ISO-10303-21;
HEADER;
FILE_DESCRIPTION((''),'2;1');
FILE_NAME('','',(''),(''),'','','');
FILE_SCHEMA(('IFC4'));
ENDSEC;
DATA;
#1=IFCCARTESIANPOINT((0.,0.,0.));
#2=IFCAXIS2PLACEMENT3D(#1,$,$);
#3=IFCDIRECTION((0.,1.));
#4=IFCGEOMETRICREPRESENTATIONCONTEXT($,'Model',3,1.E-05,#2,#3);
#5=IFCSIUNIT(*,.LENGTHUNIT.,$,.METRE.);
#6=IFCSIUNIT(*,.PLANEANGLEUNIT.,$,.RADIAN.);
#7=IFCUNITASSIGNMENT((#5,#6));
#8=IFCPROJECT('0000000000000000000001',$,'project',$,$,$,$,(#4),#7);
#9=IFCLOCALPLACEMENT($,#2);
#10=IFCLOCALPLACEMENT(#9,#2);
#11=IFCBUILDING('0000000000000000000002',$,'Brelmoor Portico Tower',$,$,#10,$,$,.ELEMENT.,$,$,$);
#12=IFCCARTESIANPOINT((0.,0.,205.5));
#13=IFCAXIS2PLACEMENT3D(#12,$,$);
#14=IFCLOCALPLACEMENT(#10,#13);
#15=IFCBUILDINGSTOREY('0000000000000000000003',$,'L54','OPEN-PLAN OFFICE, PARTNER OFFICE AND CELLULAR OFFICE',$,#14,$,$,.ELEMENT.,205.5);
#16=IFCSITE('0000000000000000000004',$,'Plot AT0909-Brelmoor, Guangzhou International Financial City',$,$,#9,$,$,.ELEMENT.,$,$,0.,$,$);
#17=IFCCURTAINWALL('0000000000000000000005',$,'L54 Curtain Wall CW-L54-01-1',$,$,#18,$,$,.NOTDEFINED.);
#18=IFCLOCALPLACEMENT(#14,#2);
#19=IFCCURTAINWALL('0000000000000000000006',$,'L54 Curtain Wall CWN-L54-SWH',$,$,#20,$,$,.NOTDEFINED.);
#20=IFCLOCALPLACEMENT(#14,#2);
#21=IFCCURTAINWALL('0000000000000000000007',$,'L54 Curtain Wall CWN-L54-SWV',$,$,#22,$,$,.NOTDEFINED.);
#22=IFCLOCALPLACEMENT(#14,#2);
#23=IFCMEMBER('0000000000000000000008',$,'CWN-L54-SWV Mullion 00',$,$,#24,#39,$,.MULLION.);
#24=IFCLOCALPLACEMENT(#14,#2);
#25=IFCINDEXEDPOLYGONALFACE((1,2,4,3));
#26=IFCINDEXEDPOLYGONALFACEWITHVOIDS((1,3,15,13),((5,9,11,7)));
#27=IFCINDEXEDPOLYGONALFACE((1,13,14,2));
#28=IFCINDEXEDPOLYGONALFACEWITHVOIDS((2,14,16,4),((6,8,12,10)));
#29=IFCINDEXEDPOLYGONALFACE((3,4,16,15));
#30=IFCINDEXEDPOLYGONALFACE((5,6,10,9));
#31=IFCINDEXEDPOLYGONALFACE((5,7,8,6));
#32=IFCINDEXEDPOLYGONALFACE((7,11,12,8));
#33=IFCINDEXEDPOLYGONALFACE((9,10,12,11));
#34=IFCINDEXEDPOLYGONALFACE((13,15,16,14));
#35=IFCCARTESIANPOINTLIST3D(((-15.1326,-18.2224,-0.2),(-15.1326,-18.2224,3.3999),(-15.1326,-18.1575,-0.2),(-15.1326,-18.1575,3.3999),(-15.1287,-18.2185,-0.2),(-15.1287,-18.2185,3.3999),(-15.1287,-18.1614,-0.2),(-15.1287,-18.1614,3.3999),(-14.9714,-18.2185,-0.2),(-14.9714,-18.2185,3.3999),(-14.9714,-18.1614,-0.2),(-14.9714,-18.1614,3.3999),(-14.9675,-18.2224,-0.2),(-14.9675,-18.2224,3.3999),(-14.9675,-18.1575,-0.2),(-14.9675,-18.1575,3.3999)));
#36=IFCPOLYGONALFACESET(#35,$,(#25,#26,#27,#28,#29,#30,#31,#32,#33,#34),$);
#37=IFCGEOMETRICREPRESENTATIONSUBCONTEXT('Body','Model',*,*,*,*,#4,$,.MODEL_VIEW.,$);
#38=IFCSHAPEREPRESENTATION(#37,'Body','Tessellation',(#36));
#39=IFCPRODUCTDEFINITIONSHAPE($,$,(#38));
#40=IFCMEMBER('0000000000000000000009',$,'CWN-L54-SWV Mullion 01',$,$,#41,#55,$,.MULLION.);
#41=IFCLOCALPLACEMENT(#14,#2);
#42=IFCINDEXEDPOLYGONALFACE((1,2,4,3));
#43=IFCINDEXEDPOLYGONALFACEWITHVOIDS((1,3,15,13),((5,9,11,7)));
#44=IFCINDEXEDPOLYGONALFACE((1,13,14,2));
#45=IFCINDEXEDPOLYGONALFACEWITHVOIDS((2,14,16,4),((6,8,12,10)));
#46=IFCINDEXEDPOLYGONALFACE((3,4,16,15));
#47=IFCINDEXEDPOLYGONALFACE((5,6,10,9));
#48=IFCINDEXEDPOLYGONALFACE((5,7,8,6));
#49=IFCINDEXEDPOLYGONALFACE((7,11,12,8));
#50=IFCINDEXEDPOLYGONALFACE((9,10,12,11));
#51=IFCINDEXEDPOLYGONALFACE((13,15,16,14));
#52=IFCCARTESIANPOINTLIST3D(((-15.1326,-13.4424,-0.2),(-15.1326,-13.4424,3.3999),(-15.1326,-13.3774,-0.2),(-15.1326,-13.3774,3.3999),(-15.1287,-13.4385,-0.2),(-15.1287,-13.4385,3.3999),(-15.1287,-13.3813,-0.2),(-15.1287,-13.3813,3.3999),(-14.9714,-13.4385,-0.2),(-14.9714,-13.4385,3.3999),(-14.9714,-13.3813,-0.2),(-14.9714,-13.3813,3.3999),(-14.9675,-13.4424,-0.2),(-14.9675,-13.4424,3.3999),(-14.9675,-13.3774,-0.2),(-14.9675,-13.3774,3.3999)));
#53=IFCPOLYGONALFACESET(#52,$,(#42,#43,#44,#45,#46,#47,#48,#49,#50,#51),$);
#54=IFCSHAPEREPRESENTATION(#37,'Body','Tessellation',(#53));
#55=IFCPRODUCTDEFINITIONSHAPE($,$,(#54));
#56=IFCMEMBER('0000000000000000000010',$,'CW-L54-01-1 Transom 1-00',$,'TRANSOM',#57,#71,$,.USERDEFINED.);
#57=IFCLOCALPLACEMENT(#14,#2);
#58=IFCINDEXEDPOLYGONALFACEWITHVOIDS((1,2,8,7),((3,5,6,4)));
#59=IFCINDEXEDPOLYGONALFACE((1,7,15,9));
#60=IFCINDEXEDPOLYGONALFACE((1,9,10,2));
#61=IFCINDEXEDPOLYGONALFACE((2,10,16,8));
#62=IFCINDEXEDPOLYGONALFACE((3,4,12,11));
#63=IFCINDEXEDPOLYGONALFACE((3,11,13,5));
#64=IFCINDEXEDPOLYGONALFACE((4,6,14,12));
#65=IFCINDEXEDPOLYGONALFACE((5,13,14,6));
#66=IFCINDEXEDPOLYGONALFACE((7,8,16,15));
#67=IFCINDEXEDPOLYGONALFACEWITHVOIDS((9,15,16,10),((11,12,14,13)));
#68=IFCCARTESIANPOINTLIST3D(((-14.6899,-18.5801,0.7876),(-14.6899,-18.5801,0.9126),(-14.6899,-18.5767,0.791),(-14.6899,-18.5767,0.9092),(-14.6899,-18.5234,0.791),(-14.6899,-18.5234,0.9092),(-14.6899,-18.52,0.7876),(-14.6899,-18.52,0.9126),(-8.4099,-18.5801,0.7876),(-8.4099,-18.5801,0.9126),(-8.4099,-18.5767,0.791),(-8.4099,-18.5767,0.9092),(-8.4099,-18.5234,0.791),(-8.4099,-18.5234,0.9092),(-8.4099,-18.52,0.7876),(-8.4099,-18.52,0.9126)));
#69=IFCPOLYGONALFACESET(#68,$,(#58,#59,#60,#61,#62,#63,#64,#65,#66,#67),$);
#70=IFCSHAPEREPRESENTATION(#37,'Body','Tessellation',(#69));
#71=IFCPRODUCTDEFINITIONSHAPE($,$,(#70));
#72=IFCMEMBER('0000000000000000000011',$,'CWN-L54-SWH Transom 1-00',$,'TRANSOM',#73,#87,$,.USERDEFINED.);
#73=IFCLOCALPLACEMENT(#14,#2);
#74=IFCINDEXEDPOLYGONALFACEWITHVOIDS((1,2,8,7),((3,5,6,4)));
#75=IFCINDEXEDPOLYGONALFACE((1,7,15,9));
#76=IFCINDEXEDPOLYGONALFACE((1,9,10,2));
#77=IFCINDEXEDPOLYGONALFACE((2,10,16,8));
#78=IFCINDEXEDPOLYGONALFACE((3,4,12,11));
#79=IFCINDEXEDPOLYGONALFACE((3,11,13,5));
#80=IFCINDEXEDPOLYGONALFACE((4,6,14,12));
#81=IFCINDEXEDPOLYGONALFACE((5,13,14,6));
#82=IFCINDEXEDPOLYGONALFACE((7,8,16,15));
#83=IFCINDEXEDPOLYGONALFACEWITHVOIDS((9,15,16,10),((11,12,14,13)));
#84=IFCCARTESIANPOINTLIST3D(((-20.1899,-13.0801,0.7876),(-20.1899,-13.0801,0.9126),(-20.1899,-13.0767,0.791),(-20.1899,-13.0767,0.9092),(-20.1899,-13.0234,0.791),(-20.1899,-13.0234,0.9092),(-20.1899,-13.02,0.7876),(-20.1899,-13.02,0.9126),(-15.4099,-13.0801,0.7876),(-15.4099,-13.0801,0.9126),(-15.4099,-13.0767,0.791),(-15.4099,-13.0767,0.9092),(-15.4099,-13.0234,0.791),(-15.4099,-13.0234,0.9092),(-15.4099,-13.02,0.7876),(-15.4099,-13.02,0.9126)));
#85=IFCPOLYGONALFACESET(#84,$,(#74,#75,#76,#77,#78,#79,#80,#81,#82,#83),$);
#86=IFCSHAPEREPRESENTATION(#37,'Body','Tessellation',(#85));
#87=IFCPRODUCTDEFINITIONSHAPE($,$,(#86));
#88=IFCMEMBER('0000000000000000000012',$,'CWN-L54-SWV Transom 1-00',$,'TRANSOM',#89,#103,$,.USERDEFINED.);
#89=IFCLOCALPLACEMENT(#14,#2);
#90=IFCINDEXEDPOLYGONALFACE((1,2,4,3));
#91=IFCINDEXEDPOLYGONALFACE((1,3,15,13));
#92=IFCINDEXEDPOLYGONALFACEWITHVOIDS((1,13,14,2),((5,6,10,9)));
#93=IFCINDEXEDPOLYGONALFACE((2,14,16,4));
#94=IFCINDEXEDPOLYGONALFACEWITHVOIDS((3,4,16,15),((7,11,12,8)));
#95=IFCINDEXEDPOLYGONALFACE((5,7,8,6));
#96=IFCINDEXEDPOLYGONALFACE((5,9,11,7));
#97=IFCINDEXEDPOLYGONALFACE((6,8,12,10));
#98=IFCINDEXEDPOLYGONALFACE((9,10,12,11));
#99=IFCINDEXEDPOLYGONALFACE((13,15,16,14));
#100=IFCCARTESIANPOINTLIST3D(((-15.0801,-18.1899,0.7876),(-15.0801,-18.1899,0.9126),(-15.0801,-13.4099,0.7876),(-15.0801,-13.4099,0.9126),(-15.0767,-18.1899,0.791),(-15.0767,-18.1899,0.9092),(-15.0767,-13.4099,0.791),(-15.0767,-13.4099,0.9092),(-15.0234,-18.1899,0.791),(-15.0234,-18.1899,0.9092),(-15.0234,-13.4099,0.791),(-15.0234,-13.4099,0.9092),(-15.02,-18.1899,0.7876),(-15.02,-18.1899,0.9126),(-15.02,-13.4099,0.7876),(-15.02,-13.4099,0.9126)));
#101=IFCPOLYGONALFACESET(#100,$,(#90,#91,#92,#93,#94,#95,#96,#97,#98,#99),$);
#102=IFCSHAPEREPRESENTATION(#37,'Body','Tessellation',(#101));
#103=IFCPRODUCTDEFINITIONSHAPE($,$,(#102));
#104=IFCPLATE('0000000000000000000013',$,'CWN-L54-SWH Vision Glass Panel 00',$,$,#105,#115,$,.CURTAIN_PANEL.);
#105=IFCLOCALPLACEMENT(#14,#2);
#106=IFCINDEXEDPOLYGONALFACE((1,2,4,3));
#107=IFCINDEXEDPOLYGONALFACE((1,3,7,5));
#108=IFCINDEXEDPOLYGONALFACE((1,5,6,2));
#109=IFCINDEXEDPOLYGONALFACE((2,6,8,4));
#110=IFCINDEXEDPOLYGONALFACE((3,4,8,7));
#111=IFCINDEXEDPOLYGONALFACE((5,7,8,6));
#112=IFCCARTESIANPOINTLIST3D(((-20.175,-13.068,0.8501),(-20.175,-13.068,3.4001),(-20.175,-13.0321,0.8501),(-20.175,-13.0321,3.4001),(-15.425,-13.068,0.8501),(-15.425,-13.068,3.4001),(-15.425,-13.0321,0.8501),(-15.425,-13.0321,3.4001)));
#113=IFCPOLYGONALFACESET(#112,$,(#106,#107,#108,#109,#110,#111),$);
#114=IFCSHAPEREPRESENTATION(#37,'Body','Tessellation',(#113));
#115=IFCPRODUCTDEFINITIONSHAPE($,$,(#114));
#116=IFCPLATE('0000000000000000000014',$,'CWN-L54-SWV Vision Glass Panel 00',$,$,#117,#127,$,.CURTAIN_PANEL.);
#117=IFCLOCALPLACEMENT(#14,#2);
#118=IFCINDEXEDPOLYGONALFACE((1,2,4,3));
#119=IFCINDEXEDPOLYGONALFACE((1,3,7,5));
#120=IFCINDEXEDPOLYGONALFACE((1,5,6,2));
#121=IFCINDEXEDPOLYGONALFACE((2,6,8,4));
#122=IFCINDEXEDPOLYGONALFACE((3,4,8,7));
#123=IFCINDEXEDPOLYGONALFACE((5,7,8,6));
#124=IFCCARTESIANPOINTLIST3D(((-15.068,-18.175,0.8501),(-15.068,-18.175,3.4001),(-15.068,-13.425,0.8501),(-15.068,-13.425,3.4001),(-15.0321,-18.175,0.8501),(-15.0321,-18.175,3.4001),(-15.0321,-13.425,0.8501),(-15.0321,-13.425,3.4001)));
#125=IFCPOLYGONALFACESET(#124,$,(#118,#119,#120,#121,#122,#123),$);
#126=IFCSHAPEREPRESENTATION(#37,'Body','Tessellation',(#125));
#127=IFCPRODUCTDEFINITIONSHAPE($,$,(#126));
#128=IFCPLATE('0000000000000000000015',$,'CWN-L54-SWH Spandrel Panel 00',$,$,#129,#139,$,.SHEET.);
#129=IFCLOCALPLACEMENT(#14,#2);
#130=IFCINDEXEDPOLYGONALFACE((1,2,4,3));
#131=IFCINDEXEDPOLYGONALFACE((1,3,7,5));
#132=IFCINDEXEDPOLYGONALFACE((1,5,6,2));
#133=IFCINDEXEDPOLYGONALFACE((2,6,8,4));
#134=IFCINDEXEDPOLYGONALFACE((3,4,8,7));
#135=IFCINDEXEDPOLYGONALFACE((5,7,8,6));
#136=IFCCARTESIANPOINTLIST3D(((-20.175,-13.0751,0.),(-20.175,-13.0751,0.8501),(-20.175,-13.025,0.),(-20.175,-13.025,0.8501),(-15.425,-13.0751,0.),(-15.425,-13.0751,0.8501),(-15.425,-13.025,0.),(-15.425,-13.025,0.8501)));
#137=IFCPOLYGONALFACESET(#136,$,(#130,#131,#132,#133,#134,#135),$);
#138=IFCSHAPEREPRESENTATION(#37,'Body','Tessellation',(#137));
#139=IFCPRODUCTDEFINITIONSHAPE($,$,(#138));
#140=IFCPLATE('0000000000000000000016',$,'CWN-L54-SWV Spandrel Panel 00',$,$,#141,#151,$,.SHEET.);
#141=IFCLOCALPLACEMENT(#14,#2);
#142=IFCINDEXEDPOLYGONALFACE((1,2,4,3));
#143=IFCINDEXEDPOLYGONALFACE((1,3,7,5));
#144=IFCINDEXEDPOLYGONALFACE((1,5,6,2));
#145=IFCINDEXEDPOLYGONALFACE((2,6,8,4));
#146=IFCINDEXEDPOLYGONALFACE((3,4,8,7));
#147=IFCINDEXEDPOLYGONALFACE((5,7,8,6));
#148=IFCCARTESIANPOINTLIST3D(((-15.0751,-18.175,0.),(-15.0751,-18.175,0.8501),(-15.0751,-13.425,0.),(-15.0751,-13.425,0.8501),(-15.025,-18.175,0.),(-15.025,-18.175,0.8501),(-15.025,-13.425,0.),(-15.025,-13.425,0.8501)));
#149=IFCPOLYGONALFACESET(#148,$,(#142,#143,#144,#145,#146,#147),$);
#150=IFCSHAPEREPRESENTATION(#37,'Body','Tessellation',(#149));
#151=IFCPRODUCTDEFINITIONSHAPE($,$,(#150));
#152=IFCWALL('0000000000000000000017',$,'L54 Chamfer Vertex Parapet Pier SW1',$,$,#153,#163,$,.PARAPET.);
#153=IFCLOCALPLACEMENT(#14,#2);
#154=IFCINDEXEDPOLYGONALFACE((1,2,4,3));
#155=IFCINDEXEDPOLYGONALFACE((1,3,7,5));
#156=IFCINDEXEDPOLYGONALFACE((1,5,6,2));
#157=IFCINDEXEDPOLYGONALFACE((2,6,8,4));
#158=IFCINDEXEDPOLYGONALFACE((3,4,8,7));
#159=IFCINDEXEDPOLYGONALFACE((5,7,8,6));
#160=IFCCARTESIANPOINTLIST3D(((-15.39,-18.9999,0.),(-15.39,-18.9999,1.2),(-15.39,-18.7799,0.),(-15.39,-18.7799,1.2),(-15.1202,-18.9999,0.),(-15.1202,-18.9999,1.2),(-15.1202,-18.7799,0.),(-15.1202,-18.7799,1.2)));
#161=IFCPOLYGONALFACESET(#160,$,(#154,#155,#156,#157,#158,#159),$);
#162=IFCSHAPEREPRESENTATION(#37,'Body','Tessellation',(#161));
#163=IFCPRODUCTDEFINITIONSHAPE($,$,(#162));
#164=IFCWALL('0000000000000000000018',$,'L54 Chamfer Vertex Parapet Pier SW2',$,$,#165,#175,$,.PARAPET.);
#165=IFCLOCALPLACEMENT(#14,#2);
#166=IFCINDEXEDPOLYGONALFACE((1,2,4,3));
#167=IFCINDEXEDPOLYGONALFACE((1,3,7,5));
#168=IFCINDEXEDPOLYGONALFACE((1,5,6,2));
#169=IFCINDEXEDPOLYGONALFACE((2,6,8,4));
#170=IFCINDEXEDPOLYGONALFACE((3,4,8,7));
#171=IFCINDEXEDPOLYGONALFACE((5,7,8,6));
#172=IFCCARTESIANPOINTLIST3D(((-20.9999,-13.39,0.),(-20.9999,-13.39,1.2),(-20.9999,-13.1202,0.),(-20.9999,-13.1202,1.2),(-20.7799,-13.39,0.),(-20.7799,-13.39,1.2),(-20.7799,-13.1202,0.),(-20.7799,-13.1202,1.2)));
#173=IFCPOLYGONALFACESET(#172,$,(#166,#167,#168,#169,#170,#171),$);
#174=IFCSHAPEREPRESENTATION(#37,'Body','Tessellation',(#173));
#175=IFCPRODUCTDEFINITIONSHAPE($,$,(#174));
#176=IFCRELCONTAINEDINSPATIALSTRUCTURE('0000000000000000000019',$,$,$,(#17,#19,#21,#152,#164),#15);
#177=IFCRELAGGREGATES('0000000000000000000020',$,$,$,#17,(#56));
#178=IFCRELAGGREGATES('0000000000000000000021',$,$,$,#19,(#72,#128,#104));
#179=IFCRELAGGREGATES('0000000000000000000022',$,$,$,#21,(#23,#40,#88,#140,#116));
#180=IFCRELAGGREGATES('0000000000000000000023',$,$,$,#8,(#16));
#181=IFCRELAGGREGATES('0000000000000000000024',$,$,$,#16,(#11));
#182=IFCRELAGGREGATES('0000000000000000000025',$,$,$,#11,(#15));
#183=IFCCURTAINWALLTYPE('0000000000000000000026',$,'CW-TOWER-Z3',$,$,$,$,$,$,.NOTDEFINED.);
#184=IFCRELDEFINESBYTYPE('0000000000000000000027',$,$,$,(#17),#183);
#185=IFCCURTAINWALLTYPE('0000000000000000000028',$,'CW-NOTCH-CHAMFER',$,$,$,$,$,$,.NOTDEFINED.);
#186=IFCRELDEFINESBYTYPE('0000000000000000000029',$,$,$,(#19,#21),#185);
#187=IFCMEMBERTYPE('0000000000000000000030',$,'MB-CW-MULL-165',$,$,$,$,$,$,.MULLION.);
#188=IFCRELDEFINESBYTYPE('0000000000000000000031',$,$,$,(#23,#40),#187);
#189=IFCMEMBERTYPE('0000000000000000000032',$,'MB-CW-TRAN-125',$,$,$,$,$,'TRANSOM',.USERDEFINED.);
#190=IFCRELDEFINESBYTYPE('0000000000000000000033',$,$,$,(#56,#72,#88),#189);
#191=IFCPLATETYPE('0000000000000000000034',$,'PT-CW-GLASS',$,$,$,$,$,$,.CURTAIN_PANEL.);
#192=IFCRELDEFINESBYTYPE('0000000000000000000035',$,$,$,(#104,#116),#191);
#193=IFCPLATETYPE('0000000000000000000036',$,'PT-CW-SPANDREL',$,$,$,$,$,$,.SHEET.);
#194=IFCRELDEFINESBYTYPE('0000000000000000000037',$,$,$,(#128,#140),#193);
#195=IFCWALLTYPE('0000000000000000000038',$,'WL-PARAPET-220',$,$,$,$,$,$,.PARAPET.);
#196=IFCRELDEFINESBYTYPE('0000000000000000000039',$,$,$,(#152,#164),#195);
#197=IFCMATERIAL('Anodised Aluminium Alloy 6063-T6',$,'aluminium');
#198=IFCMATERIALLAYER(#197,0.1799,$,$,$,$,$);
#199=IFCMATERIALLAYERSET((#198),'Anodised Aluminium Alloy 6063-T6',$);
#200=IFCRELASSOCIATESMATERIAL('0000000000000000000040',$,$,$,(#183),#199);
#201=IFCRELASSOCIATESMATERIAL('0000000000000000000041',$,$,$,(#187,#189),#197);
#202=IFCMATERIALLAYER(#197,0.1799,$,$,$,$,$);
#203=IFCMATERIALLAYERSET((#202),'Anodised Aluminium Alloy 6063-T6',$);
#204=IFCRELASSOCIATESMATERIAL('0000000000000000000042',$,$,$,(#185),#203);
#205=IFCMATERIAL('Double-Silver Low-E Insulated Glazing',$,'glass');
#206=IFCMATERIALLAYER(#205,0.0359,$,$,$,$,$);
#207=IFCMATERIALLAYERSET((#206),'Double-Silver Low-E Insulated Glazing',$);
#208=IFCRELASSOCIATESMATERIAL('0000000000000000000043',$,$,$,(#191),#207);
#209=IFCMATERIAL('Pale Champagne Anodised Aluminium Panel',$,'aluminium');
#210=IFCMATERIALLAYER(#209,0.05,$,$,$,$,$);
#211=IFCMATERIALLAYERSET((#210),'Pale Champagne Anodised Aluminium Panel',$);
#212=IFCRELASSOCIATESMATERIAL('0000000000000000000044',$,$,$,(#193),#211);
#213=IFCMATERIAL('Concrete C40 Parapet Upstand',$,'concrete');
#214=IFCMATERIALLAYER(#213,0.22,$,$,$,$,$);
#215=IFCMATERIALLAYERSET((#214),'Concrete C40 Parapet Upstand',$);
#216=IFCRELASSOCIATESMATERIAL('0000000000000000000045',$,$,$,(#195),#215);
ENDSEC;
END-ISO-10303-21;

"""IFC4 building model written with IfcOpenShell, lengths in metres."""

from ifc_helpers import new_model, si_unit, direction, frame, frame_2d, origin, origin_2d, place, context, subcontext, project, spatial, rectangle, hollow_rectangle, extrude, material, layer, layer_set, material_profile, profile_set, type_object, element, aggregate, save


model = new_model("IFC4")

# Units and contexts
model_context = context("Model", 3, precision=1e-05, world=origin(), true_north=direction((0.0, 1.0)))
body_context = subcontext(model_context, "Body", "Model", "MODEL_VIEW")
ifc_project = project(units=[si_unit("LENGTHUNIT", "METRE"), si_unit("PLANEANGLEUNIT", "RADIAN")], contexts=[model_context])

# Site, building, storey
site_placement = place(None, origin())
site = spatial("IfcSite", under=ifc_project, at=site_placement, Name="Plot AT0909-Brelmoor, Guangzhou International Financial City", CompositionType="ELEMENT", RefElevation=0.0)
building_placement = place(site_placement, origin())
building = spatial("IfcBuilding", under=site, at=building_placement, Name="Brelmoor Portico Tower", CompositionType="ELEMENT")
storey_placement = place(building_placement, frame((0.0, 0.0, 205.5)))
storey = spatial("IfcBuildingStorey", under=building, at=storey_placement, Name="L54", Description="OPEN-PLAN OFFICE, PARTNER OFFICE AND CELLULAR OFFICE", CompositionType="ELEMENT", Elevation=205.5)

# Curtain wall
ifc_material_1 = material(Name="Anodised Aluminium Alloy 6063-T6", Category="aluminium")
ifc_layer_1 = layer(ifc_material_1, 0.1799)
ifc_layer_set_1 = layer_set([ifc_layer_1], Name="Anodised Aluminium Alloy 6063-T6")
curtain_wall_type_1 = type_object("IfcCurtainWallType", Name="CW-TOWER-Z3", PredefinedType="NOTDEFINED", material=ifc_layer_set_1)
curtain_wall_1_placement = place(storey_placement, origin())
curtain_wall_1 = element("IfcCurtainWall", 1, at=curtain_wall_1_placement, inside=storey, type_object=curtain_wall_type_1, Name="L54 Curtain Wall CW-L54-01-1", PredefinedType="NOTDEFINED")
ifc_material_profile_1 = material_profile(ifc_material_1, hollow_rectangle(XDim=0.0649, YDim=0.165, WallThickness=0.0039, at=origin_2d()), Name="ALU MULLION 65x165")
ifc_profile_set_1 = profile_set([ifc_material_profile_1], Name="Anodised Aluminium Alloy 6063-T6")
member_type_1 = type_object("IfcMemberType", Name="MB-CW-MULL-165", PredefinedType="MULLION", material=ifc_profile_set_1)

# Curtain walls, members
ifc_layer_2 = layer(ifc_material_1, 0.1799)
ifc_layer_set_2 = layer_set([ifc_layer_2], Name="Anodised Aluminium Alloy 6063-T6")
curtain_wall_type_2 = type_object("IfcCurtainWallType", Name="CW-NOTCH-CHAMFER", PredefinedType="NOTDEFINED", material=ifc_layer_set_2)
curtain_wall_2_placement = place(storey_placement, origin())
curtain_wall_2 = element("IfcCurtainWall", 2, at=curtain_wall_2_placement, inside=storey, type_object=curtain_wall_type_2, Name="L54 Curtain Wall CWN-L54-SWH", PredefinedType="NOTDEFINED")
curtain_wall_3_placement = place(storey_placement, origin())
curtain_wall_3 = element("IfcCurtainWall", 3, at=curtain_wall_3_placement, inside=storey, type_object=curtain_wall_type_2, Name="L54 Curtain Wall CWN-L54-SWV", PredefinedType="NOTDEFINED")
member_1_placement = place(storey_placement, frame((-15.05, -18.1899, -0.2), z_axis=(0.0, 0.0, 1.0), x_axis=(0.0, 1.0, 0.0)))
member_1 = element("IfcMember", 4, at=member_1_placement, type_object=member_type_1, Name="CWN-L54-SWV Mullion 00", PredefinedType="MULLION", context=body_context, shape_type="SweptSolid", body=[
    extrude(hollow_rectangle(XDim=0.0649, YDim=0.165, WallThickness=0.0039, at=origin_2d()), origin(), (0.0, 0.0, 1.0), 3.5999),
])
member_2_placement = place(storey_placement, frame((-15.05, -13.4099, -0.2), z_axis=(0.0, 0.0, 1.0), x_axis=(0.0, 1.0, 0.0)))
member_2 = element("IfcMember", 5, at=member_2_placement, type_object=member_type_1, Name="CWN-L54-SWV Mullion 01", PredefinedType="MULLION", context=body_context, shape_type="SweptSolid", body=[
    extrude(hollow_rectangle(XDim=0.0649, YDim=0.165, WallThickness=0.0039, at=origin_2d()), origin(), (0.0, 0.0, 1.0), 3.5999),
])

# Members
ifc_material_profile_2 = material_profile(ifc_material_1, hollow_rectangle(XDim=0.0601, YDim=0.125, WallThickness=0.0034, at=origin_2d()), Name="ALU TRANSOM 60x125")
ifc_profile_set_2 = profile_set([ifc_material_profile_2], Name="Anodised Aluminium Alloy 6063-T6")
member_type_2 = type_object("IfcMemberType", Name="MB-CW-TRAN-125", ElementType="TRANSOM", PredefinedType="USERDEFINED", material=ifc_profile_set_2)
member_3_placement = place(storey_placement, frame((-14.6899, -18.55, 0.8501), z_axis=(1.0, 0.0, 0.0), x_axis=(0.0, 1.0, 0.0)))
member_3 = element("IfcMember", 6, at=member_3_placement, type_object=member_type_2, Name="CW-L54-01-1 Transom 1-00", ObjectType="TRANSOM", PredefinedType="USERDEFINED", context=body_context, shape_type="SweptSolid", body=[
    extrude(hollow_rectangle(XDim=0.0601, YDim=0.125, WallThickness=0.0034, at=origin_2d()), origin(), (0.0, 0.0, 1.0), 6.28),
])
aggregate(curtain_wall_1, [member_3])
member_4_placement = place(storey_placement, frame((-20.1899, -13.05, 0.8501), z_axis=(1.0, 0.0, 0.0), x_axis=(0.0, 1.0, 0.0)))
member_4 = element("IfcMember", 7, at=member_4_placement, type_object=member_type_2, Name="CWN-L54-SWH Transom 1-00", ObjectType="TRANSOM", PredefinedType="USERDEFINED", context=body_context, shape_type="SweptSolid", body=[
    extrude(hollow_rectangle(XDim=0.0601, YDim=0.125, WallThickness=0.0034, at=origin_2d()), origin(), (0.0, 0.0, 1.0), 4.78),
])
member_5_placement = place(storey_placement, frame((-15.05, -18.1899, 0.8501), z_axis=(0.0, 1.0, 0.0), x_axis=(-1.0, 0.0, 0.0)))
member_5 = element("IfcMember", 8, at=member_5_placement, type_object=member_type_2, Name="CWN-L54-SWV Transom 1-00", ObjectType="TRANSOM", PredefinedType="USERDEFINED", context=body_context, shape_type="SweptSolid", body=[
    extrude(hollow_rectangle(XDim=0.0601, YDim=0.125, WallThickness=0.0034, at=origin_2d()), origin(), (0.0, 0.0, 1.0), 4.78),
])

# Plates
ifc_material_2 = material(Name="Double-Silver Low-E Insulated Glazing", Category="glass")
ifc_layer_3 = layer(ifc_material_2, 0.0359)
ifc_layer_set_3 = layer_set([ifc_layer_3], Name="Double-Silver Low-E Insulated Glazing")
plate_type_1 = type_object("IfcPlateType", Name="PT-CW-GLASS", PredefinedType="CURTAIN_PANEL", material=ifc_layer_set_3)
plate_1_placement = place(storey_placement, frame((-17.8, -13.05, 0.8501), z_axis=(0.0, 0.0, 1.0), x_axis=(1.0, 0.0, 0.0)))
plate_1 = element("IfcPlate", 9, at=plate_1_placement, type_object=plate_type_1, Name="CWN-L54-SWH Vision Glass Panel 00", PredefinedType="CURTAIN_PANEL", context=body_context, shape_type="SweptSolid", body=[
    extrude(rectangle(XDim=4.75, YDim=0.0359, at=origin_2d()), origin(), (0.0, 0.0, 1.0), 2.55),
])
plate_2_placement = place(storey_placement, frame((-15.05, -15.8, 0.8501), z_axis=(0.0, 0.0, 1.0), x_axis=(0.0, 1.0, 0.0)))
plate_2 = element("IfcPlate", 10, at=plate_2_placement, type_object=plate_type_1, Name="CWN-L54-SWV Vision Glass Panel 00", PredefinedType="CURTAIN_PANEL", context=body_context, shape_type="SweptSolid", body=[
    extrude(rectangle(XDim=4.75, YDim=0.0359, at=origin_2d()), origin(), (0.0, 0.0, 1.0), 2.55),
])
ifc_material_3 = material(Name="Pale Champagne Anodised Aluminium Panel", Category="aluminium")
ifc_layer_4 = layer(ifc_material_3, 0.05)
ifc_layer_set_4 = layer_set([ifc_layer_4], Name="Pale Champagne Anodised Aluminium Panel")
plate_type_2 = type_object("IfcPlateType", Name="PT-CW-SPANDREL", PredefinedType="SHEET", material=ifc_layer_set_4)
plate_3_placement = place(storey_placement, frame((-17.8, -13.05, 0.0), z_axis=(0.0, 0.0, 1.0), x_axis=(1.0, 0.0, 0.0)))
plate_3 = element("IfcPlate", 11, at=plate_3_placement, type_object=plate_type_2, Name="CWN-L54-SWH Spandrel Panel 00", PredefinedType="SHEET", context=body_context, shape_type="SweptSolid", body=[
    extrude(rectangle(XDim=4.75, YDim=0.05, at=origin_2d()), origin(), (0.0, 0.0, 1.0), 0.8501),
])
aggregate(curtain_wall_2, [member_4, plate_3, plate_1])
plate_4_placement = place(storey_placement, frame((-15.05, -15.8, 0.0), z_axis=(0.0, 0.0, 1.0), x_axis=(0.0, 1.0, 0.0)))
plate_4 = element("IfcPlate", 12, at=plate_4_placement, type_object=plate_type_2, Name="CWN-L54-SWV Spandrel Panel 00", PredefinedType="SHEET", context=body_context, shape_type="SweptSolid", body=[
    extrude(rectangle(XDim=4.75, YDim=0.05, at=origin_2d()), origin(), (0.0, 0.0, 1.0), 0.8501),
])
aggregate(curtain_wall_3, [member_1, member_2, member_5, plate_4, plate_2])

# Walls
ifc_material_4 = material(Name="Concrete C40 Parapet Upstand", Category="concrete")
ifc_layer_5 = layer(ifc_material_4, 0.22)
ifc_layer_set_5 = layer_set([ifc_layer_5], Name="Concrete C40 Parapet Upstand")
wall_type = type_object("IfcWallType", Name="WL-PARAPET-220", PredefinedType="PARAPET", material=ifc_layer_set_5)
for number, where, z_axis, x_axis, name in (
    (13, (-15.3899, -18.8899, 0.0), (0.0, 0.0, 1.0), (1.0, 0.0, 0.0), "L54 Chamfer Vertex Parapet Pier SW1"),
    (14, (-20.8899, -13.3899, 0.0), (0.0, 0.0, 1.0), (0.0, 1.0, 0.0), "L54 Chamfer Vertex Parapet Pier SW2"),
):
    element("IfcWall", number, at=place(storey_placement, frame(where, z_axis=z_axis, x_axis=x_axis)), inside=storey, type_object=wall_type, Name=name, PredefinedType="PARAPET", context=body_context, shape_type="SweptSolid", body=[
        extrude(rectangle(XDim=0.2698, YDim=0.22, at=frame_2d((0.1348, 0.0))), origin(), (0.0, 0.0, 1.0), 1.2),
    ])

save(model, "model.ifc")
